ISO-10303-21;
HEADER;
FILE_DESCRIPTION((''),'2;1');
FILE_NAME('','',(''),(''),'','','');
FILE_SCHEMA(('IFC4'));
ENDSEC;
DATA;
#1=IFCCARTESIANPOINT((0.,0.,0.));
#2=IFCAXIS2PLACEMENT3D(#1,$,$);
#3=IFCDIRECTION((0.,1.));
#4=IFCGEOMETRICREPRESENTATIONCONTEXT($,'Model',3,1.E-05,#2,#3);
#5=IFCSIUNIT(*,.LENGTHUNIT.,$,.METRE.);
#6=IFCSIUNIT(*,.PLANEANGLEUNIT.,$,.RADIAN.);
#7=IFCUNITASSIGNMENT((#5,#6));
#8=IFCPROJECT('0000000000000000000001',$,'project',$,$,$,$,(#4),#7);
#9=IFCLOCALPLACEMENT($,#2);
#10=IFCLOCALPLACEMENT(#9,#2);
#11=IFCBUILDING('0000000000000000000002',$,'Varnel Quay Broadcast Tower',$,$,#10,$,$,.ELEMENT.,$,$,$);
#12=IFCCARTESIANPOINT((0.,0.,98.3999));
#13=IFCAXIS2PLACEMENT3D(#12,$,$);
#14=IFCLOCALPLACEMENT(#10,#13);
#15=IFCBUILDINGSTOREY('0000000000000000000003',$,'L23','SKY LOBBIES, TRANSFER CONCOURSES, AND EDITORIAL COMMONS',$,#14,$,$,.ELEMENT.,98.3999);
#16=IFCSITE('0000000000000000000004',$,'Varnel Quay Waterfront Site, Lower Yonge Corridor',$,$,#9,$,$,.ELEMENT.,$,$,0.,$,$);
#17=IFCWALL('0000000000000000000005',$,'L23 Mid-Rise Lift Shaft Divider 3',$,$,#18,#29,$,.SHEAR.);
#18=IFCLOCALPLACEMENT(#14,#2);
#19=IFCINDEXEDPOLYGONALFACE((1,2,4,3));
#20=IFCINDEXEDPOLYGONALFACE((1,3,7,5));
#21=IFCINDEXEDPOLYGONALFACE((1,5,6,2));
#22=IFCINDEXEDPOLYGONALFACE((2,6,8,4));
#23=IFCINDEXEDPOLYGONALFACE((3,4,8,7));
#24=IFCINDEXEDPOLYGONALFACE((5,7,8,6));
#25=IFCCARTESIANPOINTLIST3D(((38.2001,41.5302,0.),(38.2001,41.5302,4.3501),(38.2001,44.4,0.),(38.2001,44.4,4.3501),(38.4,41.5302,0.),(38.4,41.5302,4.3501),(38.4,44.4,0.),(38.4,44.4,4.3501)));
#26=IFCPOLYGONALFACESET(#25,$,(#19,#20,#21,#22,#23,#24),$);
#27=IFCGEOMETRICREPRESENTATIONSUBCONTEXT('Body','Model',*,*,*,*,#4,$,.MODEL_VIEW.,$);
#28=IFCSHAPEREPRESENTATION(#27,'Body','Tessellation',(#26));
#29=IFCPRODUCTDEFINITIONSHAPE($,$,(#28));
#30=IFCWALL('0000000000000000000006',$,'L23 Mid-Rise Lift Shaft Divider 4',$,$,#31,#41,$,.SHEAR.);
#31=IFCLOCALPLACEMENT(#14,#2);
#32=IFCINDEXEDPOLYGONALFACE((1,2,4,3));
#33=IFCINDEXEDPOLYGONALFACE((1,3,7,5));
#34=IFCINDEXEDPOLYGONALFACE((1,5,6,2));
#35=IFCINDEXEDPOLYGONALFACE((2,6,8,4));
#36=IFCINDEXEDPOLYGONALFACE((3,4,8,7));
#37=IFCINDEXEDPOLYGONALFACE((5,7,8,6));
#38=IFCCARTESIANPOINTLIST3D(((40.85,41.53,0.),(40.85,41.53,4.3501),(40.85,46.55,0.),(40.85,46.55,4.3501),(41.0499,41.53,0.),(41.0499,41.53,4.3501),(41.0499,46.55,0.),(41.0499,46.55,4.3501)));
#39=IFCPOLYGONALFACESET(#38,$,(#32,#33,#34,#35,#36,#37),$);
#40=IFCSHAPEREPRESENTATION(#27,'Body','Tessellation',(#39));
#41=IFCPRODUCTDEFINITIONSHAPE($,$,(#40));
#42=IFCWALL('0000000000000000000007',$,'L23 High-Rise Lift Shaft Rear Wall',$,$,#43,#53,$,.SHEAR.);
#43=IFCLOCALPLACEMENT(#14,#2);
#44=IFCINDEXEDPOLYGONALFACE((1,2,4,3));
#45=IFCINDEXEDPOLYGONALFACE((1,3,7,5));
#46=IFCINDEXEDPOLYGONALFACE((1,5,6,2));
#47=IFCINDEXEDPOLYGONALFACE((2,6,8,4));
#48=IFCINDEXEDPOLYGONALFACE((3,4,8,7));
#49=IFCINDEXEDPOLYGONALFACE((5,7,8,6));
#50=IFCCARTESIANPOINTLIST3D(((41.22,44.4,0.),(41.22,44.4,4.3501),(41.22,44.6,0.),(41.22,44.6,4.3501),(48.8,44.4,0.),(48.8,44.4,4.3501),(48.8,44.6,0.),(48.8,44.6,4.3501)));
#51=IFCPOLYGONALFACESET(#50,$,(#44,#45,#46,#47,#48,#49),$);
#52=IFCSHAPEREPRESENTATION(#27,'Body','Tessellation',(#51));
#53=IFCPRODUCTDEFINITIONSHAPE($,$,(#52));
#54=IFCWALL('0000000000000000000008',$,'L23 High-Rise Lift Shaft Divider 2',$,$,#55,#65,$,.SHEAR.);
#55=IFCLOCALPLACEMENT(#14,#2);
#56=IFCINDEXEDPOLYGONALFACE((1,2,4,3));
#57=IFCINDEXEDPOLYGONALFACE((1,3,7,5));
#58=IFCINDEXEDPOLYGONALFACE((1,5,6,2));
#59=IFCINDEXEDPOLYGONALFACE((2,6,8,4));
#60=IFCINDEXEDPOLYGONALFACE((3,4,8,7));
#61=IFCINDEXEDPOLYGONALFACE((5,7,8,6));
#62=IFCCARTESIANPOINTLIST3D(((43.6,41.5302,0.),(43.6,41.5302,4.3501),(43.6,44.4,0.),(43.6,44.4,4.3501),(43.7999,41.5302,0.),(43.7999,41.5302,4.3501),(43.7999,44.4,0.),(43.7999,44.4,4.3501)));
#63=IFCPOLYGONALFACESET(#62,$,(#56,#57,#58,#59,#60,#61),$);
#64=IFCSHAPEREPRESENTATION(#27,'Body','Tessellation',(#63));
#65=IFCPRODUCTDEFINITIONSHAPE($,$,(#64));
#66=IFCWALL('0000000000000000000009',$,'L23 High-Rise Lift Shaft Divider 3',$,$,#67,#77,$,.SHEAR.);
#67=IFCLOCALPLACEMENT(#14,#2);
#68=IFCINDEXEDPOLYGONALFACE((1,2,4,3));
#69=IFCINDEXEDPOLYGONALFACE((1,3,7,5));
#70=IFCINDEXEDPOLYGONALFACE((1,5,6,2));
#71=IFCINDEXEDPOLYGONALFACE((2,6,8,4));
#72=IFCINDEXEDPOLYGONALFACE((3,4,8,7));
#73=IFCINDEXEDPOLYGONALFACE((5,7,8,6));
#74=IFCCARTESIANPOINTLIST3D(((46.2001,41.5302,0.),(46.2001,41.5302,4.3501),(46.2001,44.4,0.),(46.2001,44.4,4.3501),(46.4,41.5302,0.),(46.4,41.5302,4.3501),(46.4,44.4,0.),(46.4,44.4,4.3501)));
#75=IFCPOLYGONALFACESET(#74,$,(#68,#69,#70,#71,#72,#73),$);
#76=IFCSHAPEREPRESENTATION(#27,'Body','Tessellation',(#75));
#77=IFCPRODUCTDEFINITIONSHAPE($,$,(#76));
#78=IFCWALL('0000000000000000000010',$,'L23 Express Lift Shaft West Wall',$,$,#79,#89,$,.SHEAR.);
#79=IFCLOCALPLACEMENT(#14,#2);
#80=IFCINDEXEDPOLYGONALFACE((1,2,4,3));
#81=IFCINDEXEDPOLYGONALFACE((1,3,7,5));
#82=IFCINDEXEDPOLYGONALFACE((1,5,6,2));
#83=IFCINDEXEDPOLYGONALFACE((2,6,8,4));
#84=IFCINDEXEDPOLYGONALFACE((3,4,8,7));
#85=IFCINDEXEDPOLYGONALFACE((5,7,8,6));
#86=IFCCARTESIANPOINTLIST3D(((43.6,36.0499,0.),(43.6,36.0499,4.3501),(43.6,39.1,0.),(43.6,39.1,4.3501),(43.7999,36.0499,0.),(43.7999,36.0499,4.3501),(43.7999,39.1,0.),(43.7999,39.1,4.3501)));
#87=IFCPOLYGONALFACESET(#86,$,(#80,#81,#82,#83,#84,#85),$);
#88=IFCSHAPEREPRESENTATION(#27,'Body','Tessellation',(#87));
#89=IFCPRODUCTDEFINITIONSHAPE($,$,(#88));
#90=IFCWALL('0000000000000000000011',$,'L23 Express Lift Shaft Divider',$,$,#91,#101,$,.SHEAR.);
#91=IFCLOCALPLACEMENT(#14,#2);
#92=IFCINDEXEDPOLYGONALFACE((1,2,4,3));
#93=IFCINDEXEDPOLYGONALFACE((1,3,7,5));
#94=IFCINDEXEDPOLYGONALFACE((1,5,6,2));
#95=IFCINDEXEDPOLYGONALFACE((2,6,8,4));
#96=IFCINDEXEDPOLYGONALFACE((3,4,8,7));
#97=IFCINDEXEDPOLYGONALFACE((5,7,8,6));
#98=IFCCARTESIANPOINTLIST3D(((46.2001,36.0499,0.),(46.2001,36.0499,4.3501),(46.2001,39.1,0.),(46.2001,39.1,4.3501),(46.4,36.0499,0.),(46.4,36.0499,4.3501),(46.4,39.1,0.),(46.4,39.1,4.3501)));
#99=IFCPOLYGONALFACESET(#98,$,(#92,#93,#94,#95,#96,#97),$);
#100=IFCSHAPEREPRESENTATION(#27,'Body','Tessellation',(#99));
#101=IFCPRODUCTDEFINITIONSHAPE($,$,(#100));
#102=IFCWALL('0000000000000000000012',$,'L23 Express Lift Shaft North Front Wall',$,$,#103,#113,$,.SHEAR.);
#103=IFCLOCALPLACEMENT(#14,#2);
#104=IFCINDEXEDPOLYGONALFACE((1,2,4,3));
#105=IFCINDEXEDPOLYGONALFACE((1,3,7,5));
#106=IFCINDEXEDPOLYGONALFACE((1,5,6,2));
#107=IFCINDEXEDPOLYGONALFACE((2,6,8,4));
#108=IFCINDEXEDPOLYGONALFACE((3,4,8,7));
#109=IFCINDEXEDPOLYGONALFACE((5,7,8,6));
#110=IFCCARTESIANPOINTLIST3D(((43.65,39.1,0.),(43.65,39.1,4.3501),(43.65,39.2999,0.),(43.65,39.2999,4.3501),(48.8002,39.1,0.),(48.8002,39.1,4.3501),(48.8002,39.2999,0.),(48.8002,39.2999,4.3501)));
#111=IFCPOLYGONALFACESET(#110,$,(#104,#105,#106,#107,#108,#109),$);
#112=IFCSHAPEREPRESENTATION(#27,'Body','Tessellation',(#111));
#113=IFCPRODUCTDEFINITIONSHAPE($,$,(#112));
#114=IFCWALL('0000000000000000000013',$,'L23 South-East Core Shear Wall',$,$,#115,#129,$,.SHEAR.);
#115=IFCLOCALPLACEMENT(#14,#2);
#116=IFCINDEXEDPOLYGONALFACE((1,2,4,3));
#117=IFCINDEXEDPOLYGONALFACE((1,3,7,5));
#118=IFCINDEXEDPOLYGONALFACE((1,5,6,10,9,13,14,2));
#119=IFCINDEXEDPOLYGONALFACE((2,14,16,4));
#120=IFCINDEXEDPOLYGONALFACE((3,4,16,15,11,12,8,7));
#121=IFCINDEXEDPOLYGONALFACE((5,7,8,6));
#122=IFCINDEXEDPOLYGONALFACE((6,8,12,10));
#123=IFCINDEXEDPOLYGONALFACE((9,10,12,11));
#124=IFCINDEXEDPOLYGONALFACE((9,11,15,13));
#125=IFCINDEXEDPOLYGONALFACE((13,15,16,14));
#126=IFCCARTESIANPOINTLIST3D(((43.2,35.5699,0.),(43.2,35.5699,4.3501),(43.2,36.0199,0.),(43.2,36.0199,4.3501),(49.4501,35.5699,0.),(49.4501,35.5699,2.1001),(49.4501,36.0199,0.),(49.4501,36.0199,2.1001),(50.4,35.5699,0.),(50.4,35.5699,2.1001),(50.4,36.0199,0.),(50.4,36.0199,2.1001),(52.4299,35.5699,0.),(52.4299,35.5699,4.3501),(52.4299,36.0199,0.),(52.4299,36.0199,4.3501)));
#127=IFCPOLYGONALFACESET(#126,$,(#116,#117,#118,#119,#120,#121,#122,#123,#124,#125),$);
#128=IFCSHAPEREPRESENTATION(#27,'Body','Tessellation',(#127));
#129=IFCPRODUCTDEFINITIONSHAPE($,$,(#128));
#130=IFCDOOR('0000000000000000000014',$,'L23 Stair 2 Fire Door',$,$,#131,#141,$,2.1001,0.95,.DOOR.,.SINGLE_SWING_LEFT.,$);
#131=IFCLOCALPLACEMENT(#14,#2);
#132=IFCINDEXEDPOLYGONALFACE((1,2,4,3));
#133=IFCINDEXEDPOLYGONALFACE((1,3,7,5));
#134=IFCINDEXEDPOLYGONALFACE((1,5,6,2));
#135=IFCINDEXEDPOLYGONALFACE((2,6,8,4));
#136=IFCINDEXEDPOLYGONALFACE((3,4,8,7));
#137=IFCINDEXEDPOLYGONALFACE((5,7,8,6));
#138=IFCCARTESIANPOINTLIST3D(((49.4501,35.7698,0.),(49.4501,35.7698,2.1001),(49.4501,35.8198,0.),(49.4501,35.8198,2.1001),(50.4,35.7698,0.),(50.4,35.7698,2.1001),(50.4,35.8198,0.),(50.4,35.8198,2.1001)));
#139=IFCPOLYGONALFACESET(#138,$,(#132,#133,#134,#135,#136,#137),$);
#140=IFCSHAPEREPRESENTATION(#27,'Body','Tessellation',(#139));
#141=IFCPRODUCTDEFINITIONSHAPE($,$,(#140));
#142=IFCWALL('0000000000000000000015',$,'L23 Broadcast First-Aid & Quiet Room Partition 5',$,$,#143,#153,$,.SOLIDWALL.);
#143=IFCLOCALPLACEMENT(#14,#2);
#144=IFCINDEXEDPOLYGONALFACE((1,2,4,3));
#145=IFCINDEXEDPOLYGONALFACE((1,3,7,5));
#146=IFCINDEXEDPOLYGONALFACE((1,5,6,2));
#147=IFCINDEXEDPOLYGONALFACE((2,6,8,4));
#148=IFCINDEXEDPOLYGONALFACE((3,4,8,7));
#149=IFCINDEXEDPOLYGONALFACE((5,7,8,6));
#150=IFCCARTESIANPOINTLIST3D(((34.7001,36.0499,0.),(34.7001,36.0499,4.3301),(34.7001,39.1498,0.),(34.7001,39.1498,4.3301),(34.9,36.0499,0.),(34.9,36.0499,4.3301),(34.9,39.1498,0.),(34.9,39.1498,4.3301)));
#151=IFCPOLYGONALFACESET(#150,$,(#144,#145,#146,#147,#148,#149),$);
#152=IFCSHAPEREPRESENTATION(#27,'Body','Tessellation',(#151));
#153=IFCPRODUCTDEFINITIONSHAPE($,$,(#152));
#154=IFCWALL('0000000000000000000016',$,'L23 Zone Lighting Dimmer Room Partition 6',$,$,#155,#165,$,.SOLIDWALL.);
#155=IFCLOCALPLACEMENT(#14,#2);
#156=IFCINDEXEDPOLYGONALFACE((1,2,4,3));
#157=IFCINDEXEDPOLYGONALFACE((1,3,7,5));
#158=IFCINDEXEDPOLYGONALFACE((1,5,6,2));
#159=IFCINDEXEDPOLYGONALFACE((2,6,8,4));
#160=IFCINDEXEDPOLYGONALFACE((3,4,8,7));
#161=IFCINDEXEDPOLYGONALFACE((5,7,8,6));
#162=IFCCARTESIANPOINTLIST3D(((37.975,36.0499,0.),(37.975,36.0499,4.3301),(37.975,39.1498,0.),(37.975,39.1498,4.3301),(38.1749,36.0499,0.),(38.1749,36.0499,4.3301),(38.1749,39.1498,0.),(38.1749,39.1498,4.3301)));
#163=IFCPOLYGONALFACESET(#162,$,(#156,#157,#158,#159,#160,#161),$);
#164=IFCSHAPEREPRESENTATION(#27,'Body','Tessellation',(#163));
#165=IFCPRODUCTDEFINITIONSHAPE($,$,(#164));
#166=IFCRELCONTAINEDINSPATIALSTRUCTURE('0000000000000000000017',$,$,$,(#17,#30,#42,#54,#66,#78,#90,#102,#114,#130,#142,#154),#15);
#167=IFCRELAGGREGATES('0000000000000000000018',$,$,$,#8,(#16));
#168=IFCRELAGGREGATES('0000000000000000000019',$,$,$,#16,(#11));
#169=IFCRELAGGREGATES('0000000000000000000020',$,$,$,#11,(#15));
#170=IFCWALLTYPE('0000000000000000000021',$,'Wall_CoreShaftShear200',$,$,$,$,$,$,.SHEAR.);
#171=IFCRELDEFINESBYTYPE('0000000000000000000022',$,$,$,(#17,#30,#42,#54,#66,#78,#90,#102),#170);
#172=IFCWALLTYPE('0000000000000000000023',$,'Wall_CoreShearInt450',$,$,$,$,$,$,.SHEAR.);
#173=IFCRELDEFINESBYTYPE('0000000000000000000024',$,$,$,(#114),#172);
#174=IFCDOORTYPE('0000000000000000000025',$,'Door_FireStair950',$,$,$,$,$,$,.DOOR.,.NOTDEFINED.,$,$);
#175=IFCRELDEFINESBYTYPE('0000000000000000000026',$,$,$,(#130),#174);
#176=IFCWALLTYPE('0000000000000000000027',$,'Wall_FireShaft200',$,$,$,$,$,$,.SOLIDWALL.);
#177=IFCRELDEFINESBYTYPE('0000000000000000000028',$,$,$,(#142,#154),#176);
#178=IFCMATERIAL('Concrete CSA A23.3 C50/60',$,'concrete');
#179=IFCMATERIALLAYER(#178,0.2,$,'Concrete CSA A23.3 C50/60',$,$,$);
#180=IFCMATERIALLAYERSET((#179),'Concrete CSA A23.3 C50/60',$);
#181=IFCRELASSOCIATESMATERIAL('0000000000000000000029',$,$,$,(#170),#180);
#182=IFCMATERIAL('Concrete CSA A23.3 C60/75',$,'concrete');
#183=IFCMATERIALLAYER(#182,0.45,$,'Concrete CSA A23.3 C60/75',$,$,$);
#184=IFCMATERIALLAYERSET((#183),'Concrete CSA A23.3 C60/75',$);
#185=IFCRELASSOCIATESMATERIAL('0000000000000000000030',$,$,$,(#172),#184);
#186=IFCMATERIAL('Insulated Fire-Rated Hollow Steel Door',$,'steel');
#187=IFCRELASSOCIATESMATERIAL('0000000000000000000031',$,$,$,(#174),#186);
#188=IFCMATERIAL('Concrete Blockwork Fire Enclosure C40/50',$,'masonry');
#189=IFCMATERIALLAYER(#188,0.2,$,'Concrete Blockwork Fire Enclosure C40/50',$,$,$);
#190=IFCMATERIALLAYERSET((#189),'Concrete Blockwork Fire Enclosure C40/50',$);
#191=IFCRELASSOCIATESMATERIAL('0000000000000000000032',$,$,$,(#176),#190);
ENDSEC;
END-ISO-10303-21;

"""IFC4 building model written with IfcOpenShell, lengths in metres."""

from ifc_helpers import new_model, si_unit, direction, frame, frame_2d, origin, place, context, subcontext, project, spatial, rectangle, extrude, source, transform, mapped, material, layer, layer_set, type_object, type_shapes, element, fill, save


model = new_model("IFC4")

# Units and contexts
model_context = context("Model", 3, precision=1e-05, world=origin(), true_north=direction((0.0, 1.0)))
body_context = subcontext(model_context, "Body", "Model", "MODEL_VIEW")
ifc_project = project(units=[si_unit("LENGTHUNIT", "METRE"), si_unit("PLANEANGLEUNIT", "RADIAN")], contexts=[model_context])

# Site, building, storey
site_placement = place(None, origin())
site = spatial("IfcSite", under=ifc_project, at=site_placement, Name="Varnel Quay Waterfront Site, Lower Yonge Corridor", CompositionType="ELEMENT", RefElevation=0.0)
building_placement = place(site_placement, origin())
building = spatial("IfcBuilding", under=site, at=building_placement, Name="Varnel Quay Broadcast Tower", CompositionType="ELEMENT")
storey_placement = place(building_placement, frame((0.0, 0.0, 98.3999)))
storey = spatial("IfcBuildingStorey", under=building, at=storey_placement, Name="L23", Description="SKY LOBBIES, TRANSFER CONCOURSES, AND EDITORIAL COMMONS", CompositionType="ELEMENT", Elevation=98.3999)

# Shared definitions
ifc_material_1 = material(Name="Concrete CSA A23.3 C60/75", Category="concrete")

# Walls
ifc_material_2 = material(Name="Concrete CSA A23.3 C50/60", Category="concrete")
ifc_layer_1 = layer(ifc_material_2, 0.2, Name="Concrete CSA A23.3 C50/60")
ifc_layer_set_1 = layer_set([ifc_layer_1], Name="Concrete CSA A23.3 C50/60")
wall_type_1 = type_object("IfcWallType", Name="Wall_CoreShaftShear200", PredefinedType="SHEAR", material=ifc_layer_set_1)
for number, where, z_axis, x_axis, name in (
    (1, (38.3, 41.53, 0.0), (0.0, 0.0, 1.0), (0.0, 1.0, 0.0), "L23 Mid-Rise Lift Shaft Divider 3"),
):
    element("IfcWall", number, at=place(storey_placement, frame(where, z_axis=z_axis, x_axis=x_axis)), inside=storey, type_object=wall_type_1, Name=name, PredefinedType="SHEAR", context=body_context, shape_type="SweptSolid", body=[
        extrude(rectangle(XDim=2.8699, YDim=0.2, at=frame_2d((1.4351, 0.0))), origin(), (0.0, 0.0, 1.0), 4.3501),
    ])
wall_1_placement = place(storey_placement, frame((40.95, 41.53, 0.0), z_axis=(0.0, 0.0, 1.0), x_axis=(0.0, 1.0, 0.0)))
element("IfcWall", 2, at=wall_1_placement, inside=storey, type_object=wall_type_1, Name="L23 Mid-Rise Lift Shaft Divider 4", PredefinedType="SHEAR", context=body_context, shape_type="SweptSolid", body=[
    extrude(rectangle(XDim=5.02, YDim=0.2, at=frame_2d((2.51, 0.0))), origin(), (0.0, 0.0, 1.0), 4.3501),
])
wall_2_placement = place(storey_placement, frame((41.22, 44.5, 0.0), z_axis=(0.0, 0.0, 1.0), x_axis=(1.0, 0.0, 0.0)))
element("IfcWall", 3, at=wall_2_placement, inside=storey, type_object=wall_type_1, Name="L23 High-Rise Lift Shaft Rear Wall", PredefinedType="SHEAR", context=body_context, shape_type="SweptSolid", body=[
    extrude(rectangle(XDim=7.5801, YDim=0.2, at=frame_2d((3.79, 0.0))), origin(), (0.0, 0.0, 1.0), 4.3501),
])
for number, where, z_axis, x_axis, name in (
    (4, (43.7, 41.53, 0.0), (0.0, 0.0, 1.0), (0.0, 1.0, 0.0), "L23 High-Rise Lift Shaft Divider 2"),
    (5, (46.3, 41.53, 0.0), (0.0, 0.0, 1.0), (0.0, 1.0, 0.0), "L23 High-Rise Lift Shaft Divider 3"),
):
    element("IfcWall", number, at=place(storey_placement, frame(where, z_axis=z_axis, x_axis=x_axis)), inside=storey, type_object=wall_type_1, Name=name, PredefinedType="SHEAR", context=body_context, shape_type="SweptSolid", body=[
        extrude(rectangle(XDim=2.8699, YDim=0.2, at=frame_2d((1.4351, 0.0))), origin(), (0.0, 0.0, 1.0), 4.3501),
    ])
for number, where, z_axis, x_axis, name in (
    (6, (43.7, 36.05, 0.0), (0.0, 0.0, 1.0), (0.0, 1.0, 0.0), "L23 Express Lift Shaft West Wall"),
    (7, (46.3, 36.05, 0.0), (0.0, 0.0, 1.0), (0.0, 1.0, 0.0), "L23 Express Lift Shaft Divider"),
):
    element("IfcWall", number, at=place(storey_placement, frame(where, z_axis=z_axis, x_axis=x_axis)), inside=storey, type_object=wall_type_1, Name=name, PredefinedType="SHEAR", context=body_context, shape_type="SweptSolid", body=[
        extrude(rectangle(XDim=3.05, YDim=0.2, at=frame_2d((1.5249, 0.0))), origin(), (0.0, 0.0, 1.0), 4.3501),
    ])
wall_3_placement = place(storey_placement, frame((43.6499, 39.2, 0.0), z_axis=(0.0, 0.0, 1.0), x_axis=(1.0, 0.0, 0.0)))
element("IfcWall", 8, at=wall_3_placement, inside=storey, type_object=wall_type_1, Name="L23 Express Lift Shaft North Front Wall", PredefinedType="SHEAR", context=body_context, shape_type="SweptSolid", body=[
    extrude(rectangle(XDim=5.1501, YDim=0.2, at=frame_2d((2.5752, 0.0))), origin(), (0.0, 0.0, 1.0), 4.3501),
])

# Wall, opening, door
ifc_layer_2 = layer(ifc_material_1, 0.45, Name="Concrete CSA A23.3 C60/75")
ifc_layer_set_2 = layer_set([ifc_layer_2], Name="Concrete CSA A23.3 C60/75")
wall_type_2 = type_object("IfcWallType", Name="Wall_CoreShearInt450", PredefinedType="SHEAR", material=ifc_layer_set_2)
wall_4_placement = place(storey_placement, frame((43.2, 35.7949, 0.0), z_axis=(0.0, 0.0, 1.0), x_axis=(1.0, 0.0, 0.0)))
wall_4 = element("IfcWall", 9, at=wall_4_placement, inside=storey, type_object=wall_type_2, Name="L23 South-East Core Shear Wall", PredefinedType="SHEAR", context=body_context, shape_type="SweptSolid", body=[
    extrude(rectangle(XDim=9.23, YDim=0.45, at=frame_2d((4.615, 0.0))), origin(), (0.0, 0.0, 1.0), 4.3501),
])
opening_1_placement = place(wall_4_placement, frame((6.25, 0.0, 0.0)))
opening_1 = element("IfcOpeningElement", 10, at=opening_1_placement, cuts=wall_4, PredefinedType="OPENING", context=body_context, shape_type="SweptSolid", body=[
    extrude(rectangle(XDim=0.95, YDim=2.1001, at=frame_2d((0.4751, 1.05))), frame((0.0, 0.2349, 0.0), z_axis=(0.0, -1.0, 0.0), x_axis=(1.0, 0.0, 0.0)), (0.0, 0.0, 1.0), 0.47),
])
ifc_material_3 = material(Name="Insulated Fire-Rated Hollow Steel Door", Category="steel")
door_type_1 = type_object("IfcDoorType", Name="Door_FireStair950", OperationType="NOTDEFINED", PredefinedType="DOOR", material=ifc_material_3)
shared_shape_1 = source(origin(), body_context, "Body", "SweptSolid", [
    extrude(rectangle(XDim=0.95, YDim=2.1001, at=frame_2d((0.4751, 1.05))), frame((0.0, 0.0249, 0.0), z_axis=(0.0, -1.0, 0.0), x_axis=(1.0, 0.0, 0.0)), (0.0, 0.0, 1.0), 0.05),
])
type_shapes(door_type_1, [shared_shape_1])
door_1_placement = place(opening_1_placement, origin())
door_1 = element("IfcDoor", 11, at=door_1_placement, inside=storey, type_object=door_type_1, Name="L23 Stair 2 Fire Door", OperationType="SINGLE_SWING_LEFT", OverallHeight=2.1001, OverallWidth=0.95, PredefinedType="DOOR", context=body_context, shape_type="MappedRepresentation", body=[
    mapped(shared_shape_1, transform((0.0, 0.0, 0.0), x_axis=(1.0, 0.0, 0.0), y_axis=(0.0, 1.0, 0.0), z_axis=(0.0, 0.0, 1.0), scale=1.0)),
])
fill(opening_1, door_1)

# Walls
ifc_material_4 = material(Name="Concrete Blockwork Fire Enclosure C40/50", Category="masonry")
ifc_layer_3 = layer(ifc_material_4, 0.2, Name="Concrete Blockwork Fire Enclosure C40/50")
ifc_layer_set_3 = layer_set([ifc_layer_3], Name="Concrete Blockwork Fire Enclosure C40/50")
wall_type_3 = type_object("IfcWallType", Name="Wall_FireShaft200", PredefinedType="SOLIDWALL", material=ifc_layer_set_3)
for number, where, z_axis, x_axis, name in (
    (12, (34.8, 36.05, 0.0), (0.0, 0.0, 1.0), (0.0, 1.0, 0.0), "L23 Broadcast First-Aid & Quiet Room Partition 5"),
    (13, (38.075, 36.05, 0.0), (0.0, 0.0, 1.0), (0.0, 1.0, 0.0), "L23 Zone Lighting Dimmer Room Partition 6"),
):
    element("IfcWall", number, at=place(storey_placement, frame(where, z_axis=z_axis, x_axis=x_axis)), inside=storey, type_object=wall_type_3, Name=name, PredefinedType="SOLIDWALL", context=body_context, shape_type="SweptSolid", body=[
        extrude(rectangle(XDim=3.0999, YDim=0.2, at=frame_2d((1.5498, 0.0))), origin(), (0.0, 0.0, 1.0), 4.3301),
    ])

save(model, "model.ifc")
